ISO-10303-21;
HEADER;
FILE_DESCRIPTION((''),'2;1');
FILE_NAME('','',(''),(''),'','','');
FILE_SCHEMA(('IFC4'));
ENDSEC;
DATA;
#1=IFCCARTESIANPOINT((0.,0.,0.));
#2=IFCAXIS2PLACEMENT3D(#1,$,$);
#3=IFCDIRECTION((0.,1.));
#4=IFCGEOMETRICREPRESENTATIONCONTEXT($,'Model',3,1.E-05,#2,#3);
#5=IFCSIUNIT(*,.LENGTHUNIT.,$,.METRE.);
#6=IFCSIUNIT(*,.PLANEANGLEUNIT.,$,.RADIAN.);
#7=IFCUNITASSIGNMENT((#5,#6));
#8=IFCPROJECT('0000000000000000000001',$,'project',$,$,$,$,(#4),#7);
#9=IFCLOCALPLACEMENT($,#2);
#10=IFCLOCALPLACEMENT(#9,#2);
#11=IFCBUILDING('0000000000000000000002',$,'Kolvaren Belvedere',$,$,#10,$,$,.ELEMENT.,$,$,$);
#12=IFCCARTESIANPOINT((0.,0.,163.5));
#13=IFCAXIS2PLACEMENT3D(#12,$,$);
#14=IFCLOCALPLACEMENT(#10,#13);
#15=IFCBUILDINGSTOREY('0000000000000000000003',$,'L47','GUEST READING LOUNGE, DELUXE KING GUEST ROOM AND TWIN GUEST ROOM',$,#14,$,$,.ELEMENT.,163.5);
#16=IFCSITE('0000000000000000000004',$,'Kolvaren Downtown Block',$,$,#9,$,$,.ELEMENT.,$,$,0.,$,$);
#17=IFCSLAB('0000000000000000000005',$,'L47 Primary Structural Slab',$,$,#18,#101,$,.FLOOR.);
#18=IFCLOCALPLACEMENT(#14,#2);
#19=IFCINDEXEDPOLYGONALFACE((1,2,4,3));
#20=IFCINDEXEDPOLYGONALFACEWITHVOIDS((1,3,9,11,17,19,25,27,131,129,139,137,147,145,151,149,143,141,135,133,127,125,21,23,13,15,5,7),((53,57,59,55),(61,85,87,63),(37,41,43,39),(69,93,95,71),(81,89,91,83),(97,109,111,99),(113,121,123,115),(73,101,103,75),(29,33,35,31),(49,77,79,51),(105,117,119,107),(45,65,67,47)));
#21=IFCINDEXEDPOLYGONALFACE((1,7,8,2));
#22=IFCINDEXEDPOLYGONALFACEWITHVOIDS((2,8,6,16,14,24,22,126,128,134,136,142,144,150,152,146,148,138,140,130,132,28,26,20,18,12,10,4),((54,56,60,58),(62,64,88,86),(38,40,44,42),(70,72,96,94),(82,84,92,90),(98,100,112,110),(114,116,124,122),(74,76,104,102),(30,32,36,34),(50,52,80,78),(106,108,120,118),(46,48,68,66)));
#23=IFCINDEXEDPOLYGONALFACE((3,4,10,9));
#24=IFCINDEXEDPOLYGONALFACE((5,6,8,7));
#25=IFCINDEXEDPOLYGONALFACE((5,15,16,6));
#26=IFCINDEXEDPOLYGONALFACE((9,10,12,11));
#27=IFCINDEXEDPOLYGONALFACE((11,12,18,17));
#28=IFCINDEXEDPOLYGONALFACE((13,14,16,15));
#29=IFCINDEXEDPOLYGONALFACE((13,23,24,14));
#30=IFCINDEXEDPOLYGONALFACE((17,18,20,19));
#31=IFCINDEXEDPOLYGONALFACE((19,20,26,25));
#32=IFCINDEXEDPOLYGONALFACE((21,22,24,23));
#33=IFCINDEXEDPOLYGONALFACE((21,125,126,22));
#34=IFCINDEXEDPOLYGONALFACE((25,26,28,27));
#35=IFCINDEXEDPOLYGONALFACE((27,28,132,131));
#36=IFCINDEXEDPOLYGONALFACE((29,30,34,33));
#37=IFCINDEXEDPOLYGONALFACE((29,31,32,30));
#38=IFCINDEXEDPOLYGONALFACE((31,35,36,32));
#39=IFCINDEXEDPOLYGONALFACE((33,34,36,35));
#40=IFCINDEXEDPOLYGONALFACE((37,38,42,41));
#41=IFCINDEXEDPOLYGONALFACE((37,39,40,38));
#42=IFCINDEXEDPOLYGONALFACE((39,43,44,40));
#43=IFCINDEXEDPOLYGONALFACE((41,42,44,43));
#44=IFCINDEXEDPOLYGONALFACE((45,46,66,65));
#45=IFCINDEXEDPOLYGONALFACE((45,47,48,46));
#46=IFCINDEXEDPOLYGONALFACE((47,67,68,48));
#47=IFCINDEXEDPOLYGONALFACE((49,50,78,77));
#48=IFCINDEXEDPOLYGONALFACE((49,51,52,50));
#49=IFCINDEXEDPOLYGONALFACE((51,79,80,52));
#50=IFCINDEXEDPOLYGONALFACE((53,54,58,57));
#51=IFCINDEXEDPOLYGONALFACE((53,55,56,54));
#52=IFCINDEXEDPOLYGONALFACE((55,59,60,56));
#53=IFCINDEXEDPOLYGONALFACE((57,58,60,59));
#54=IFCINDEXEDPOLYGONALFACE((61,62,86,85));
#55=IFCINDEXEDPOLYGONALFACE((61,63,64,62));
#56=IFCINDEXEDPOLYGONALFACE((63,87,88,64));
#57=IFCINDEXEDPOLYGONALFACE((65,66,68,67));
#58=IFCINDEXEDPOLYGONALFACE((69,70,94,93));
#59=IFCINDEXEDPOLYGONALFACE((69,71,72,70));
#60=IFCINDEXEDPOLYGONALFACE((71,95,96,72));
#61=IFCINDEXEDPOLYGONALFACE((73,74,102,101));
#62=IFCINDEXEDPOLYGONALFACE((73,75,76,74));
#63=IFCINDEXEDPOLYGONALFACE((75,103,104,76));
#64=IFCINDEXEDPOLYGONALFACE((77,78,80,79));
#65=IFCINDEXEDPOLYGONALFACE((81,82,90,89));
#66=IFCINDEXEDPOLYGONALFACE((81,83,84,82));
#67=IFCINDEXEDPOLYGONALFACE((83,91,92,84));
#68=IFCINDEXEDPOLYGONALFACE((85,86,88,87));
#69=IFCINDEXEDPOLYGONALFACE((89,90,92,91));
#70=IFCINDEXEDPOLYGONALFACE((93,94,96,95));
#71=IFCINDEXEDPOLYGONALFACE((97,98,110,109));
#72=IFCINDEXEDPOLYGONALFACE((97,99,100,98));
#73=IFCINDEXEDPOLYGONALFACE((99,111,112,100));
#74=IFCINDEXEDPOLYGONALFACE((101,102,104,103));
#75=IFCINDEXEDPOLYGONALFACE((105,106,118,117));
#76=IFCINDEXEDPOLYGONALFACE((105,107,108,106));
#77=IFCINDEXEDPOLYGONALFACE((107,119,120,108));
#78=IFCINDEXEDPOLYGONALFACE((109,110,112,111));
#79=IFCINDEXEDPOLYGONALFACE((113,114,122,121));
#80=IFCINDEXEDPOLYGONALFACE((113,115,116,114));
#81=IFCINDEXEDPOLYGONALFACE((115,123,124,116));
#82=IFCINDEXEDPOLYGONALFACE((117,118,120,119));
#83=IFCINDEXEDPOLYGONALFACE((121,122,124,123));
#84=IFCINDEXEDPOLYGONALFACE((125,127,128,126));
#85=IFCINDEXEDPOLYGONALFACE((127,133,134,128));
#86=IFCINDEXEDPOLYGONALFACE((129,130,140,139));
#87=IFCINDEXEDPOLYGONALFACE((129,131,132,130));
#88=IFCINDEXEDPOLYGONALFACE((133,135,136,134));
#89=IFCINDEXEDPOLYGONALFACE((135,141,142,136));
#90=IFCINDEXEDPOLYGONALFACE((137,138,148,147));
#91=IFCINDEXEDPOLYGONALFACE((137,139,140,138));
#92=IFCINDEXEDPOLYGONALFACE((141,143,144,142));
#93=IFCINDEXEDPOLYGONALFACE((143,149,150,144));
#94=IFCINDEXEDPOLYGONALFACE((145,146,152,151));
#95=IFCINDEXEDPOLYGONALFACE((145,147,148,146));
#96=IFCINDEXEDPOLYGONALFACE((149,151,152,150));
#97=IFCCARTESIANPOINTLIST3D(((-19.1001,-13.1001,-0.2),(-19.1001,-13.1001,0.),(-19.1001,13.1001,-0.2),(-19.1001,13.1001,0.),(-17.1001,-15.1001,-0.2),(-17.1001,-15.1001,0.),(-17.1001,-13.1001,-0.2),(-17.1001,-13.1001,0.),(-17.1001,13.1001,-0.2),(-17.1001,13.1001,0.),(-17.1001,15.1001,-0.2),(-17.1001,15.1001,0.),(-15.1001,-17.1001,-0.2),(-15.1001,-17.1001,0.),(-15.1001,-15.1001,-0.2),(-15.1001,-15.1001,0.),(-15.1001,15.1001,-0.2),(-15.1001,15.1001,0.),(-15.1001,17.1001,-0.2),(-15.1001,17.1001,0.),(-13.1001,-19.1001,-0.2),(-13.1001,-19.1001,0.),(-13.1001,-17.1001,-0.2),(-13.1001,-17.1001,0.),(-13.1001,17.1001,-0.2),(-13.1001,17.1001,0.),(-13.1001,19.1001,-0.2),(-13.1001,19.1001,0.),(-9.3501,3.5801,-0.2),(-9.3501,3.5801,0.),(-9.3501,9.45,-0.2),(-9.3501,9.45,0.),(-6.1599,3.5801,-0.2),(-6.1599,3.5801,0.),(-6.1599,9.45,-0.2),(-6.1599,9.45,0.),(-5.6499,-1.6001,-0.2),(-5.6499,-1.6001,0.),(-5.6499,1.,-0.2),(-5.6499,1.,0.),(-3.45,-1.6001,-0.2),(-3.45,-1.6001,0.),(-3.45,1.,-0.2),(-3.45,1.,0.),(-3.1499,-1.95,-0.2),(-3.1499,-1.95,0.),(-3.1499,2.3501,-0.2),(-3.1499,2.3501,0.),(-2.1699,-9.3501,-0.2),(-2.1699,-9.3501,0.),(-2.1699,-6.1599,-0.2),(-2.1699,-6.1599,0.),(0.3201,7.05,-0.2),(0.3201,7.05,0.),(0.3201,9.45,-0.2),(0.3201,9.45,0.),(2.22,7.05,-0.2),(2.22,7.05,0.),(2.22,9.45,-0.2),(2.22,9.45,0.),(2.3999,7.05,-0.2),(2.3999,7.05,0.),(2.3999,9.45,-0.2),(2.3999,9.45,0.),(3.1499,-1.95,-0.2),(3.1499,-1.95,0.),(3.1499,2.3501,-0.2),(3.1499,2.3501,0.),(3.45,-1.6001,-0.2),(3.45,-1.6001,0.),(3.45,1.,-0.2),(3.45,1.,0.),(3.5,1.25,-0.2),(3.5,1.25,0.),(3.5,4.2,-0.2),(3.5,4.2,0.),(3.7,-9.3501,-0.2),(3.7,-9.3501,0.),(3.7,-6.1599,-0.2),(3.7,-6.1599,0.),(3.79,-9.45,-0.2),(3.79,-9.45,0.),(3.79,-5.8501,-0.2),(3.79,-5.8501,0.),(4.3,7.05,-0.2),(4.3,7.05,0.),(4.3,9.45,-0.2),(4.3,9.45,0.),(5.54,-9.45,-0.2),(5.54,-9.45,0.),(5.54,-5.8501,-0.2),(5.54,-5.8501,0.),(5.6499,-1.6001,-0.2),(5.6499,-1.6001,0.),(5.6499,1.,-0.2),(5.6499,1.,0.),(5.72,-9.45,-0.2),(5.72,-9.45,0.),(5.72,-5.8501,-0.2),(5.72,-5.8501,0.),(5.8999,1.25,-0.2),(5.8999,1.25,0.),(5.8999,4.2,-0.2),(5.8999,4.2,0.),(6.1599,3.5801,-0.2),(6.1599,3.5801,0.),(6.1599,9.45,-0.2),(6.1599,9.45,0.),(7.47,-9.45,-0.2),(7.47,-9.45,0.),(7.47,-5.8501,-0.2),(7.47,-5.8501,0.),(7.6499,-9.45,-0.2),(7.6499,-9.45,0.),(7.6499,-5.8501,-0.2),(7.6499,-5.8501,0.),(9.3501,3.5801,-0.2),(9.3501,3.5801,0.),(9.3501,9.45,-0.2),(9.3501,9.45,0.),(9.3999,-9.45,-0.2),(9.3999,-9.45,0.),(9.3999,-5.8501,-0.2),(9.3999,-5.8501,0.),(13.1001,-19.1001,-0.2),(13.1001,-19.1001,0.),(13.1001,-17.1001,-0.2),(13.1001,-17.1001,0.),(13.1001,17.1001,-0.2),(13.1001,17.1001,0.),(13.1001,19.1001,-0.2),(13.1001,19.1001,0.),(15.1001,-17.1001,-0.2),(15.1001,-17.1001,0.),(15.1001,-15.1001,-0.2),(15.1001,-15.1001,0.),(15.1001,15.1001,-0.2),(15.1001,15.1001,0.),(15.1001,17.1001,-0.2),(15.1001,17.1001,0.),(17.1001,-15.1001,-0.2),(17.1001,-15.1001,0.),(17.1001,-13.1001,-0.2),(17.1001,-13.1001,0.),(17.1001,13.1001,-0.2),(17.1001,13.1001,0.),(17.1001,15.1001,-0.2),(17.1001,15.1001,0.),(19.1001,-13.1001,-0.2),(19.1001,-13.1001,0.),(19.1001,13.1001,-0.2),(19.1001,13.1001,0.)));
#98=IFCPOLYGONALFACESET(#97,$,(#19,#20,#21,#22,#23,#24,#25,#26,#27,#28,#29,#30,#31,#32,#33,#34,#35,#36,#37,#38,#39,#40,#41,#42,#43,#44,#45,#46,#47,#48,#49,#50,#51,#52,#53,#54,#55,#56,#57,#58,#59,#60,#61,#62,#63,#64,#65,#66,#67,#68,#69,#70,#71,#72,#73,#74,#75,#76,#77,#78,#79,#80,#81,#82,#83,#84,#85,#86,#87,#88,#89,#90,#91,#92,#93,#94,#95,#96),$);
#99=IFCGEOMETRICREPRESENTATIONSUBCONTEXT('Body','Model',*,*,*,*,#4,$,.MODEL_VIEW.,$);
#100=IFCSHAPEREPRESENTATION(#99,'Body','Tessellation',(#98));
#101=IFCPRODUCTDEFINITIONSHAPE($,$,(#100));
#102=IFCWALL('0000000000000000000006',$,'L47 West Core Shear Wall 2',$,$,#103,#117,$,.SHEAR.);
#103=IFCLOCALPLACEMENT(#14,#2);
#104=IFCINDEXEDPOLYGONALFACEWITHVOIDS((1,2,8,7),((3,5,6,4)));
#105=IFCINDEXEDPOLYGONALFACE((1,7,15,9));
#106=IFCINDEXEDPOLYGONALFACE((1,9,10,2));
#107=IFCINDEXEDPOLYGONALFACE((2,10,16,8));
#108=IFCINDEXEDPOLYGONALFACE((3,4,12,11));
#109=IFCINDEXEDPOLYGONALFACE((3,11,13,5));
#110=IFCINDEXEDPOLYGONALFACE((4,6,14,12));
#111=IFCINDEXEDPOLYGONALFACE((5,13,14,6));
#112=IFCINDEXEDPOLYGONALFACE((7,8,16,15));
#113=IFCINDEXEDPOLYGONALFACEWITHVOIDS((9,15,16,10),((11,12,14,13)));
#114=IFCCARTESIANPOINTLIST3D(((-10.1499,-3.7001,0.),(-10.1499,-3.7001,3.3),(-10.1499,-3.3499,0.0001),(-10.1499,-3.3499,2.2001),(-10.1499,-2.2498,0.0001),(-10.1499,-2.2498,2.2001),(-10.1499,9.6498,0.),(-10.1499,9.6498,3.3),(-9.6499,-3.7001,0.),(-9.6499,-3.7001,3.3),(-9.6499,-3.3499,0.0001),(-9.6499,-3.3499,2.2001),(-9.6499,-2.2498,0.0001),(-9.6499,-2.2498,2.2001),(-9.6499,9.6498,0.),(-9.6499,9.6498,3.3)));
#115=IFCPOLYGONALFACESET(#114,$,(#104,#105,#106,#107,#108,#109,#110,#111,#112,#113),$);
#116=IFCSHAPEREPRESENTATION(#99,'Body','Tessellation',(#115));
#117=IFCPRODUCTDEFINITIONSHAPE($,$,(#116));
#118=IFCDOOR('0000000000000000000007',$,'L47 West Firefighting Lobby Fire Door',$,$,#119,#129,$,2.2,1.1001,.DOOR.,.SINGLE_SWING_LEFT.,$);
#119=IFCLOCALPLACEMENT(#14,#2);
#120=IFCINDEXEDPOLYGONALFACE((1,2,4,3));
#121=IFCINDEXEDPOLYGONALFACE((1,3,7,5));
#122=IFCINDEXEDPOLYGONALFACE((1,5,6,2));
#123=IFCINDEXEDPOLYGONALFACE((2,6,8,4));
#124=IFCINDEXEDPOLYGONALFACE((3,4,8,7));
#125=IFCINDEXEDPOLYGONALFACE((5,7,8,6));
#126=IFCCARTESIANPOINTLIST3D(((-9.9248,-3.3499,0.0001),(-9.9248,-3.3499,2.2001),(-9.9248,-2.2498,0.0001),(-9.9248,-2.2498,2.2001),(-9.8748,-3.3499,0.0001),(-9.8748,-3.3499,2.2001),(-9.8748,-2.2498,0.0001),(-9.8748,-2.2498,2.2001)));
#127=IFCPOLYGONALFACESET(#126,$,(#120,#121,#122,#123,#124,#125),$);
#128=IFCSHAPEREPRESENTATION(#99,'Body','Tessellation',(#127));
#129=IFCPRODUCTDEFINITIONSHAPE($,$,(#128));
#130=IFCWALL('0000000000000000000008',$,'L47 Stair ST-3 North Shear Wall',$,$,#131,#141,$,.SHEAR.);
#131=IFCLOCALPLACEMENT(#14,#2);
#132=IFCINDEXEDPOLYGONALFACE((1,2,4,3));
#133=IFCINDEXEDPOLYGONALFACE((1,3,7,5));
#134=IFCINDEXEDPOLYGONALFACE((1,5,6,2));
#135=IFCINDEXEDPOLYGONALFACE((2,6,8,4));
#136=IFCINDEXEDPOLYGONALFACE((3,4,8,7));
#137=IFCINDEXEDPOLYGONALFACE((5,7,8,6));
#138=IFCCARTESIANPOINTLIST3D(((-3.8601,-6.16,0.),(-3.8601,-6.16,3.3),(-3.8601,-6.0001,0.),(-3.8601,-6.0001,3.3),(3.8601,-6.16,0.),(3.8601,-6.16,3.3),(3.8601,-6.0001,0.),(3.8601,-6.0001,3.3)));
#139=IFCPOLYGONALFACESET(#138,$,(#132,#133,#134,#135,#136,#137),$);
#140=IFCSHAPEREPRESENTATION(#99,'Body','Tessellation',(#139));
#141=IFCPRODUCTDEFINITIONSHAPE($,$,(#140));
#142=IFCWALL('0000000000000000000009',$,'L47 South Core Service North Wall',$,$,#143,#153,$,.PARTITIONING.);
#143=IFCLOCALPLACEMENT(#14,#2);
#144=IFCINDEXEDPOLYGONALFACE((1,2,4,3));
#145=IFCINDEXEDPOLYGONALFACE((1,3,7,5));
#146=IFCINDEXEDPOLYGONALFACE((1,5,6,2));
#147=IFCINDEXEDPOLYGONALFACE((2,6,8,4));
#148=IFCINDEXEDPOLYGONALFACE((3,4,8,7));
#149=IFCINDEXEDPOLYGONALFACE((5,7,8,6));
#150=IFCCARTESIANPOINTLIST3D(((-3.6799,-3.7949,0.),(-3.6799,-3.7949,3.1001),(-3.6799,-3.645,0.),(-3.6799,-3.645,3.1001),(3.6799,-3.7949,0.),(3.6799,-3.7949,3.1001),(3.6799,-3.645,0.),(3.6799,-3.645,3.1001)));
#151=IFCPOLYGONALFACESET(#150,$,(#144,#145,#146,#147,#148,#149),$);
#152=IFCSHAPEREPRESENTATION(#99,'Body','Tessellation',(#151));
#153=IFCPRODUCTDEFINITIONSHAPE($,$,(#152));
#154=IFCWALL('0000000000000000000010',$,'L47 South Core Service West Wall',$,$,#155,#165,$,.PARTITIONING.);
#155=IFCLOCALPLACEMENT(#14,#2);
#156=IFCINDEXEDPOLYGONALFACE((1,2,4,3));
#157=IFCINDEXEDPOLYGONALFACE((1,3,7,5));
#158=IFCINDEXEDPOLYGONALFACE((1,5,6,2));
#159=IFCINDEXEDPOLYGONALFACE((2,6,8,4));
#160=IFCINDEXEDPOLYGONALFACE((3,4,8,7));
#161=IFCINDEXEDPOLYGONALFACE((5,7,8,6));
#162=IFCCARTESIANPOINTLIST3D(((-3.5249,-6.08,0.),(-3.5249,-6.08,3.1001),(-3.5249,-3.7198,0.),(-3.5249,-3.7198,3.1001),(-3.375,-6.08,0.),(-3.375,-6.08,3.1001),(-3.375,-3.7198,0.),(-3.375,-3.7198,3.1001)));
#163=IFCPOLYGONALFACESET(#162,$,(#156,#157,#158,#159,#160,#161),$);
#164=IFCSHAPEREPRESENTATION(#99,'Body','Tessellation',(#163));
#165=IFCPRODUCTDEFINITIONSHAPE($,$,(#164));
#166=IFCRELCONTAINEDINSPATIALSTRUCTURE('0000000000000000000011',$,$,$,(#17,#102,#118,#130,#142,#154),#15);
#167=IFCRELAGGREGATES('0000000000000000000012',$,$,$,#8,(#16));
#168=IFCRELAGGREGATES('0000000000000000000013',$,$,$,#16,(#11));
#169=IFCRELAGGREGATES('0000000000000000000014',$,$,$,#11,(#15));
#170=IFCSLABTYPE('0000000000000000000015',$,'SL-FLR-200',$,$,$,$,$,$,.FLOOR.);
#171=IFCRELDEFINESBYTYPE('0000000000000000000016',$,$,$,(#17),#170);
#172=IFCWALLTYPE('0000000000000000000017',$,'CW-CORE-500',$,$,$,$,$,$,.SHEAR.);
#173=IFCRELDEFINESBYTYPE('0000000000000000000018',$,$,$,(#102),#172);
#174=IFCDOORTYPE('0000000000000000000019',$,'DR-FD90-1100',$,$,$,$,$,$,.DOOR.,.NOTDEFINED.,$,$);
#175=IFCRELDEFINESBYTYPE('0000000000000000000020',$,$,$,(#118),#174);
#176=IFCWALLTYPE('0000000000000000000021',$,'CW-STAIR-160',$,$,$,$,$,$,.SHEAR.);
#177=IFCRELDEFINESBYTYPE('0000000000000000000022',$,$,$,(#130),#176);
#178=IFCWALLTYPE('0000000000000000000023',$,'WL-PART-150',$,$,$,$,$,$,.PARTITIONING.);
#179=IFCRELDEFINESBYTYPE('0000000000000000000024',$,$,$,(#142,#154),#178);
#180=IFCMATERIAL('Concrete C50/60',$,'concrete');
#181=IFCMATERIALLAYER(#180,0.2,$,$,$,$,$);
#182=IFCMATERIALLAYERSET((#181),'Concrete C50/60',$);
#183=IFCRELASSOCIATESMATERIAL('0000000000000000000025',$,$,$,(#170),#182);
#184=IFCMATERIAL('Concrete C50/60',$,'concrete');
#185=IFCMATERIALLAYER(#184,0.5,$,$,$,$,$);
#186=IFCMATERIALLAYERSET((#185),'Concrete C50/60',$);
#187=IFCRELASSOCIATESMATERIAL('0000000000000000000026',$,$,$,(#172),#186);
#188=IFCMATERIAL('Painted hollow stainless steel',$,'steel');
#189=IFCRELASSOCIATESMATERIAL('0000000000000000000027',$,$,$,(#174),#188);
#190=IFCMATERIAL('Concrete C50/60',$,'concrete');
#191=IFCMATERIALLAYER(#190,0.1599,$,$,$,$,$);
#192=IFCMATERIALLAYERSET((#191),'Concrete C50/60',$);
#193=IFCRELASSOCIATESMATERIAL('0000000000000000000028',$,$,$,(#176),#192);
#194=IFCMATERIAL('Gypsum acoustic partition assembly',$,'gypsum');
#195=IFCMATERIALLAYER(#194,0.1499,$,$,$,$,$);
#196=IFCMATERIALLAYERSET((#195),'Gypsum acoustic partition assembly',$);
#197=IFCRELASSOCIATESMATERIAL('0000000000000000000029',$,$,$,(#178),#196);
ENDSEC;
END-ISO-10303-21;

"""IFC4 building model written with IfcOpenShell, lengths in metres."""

from ifc_helpers import new_model, si_unit, direction, frame, frame_2d, origin, place, context, subcontext, project, spatial, polyline, rectangle, outline, extrude, material, layer, layer_set, type_object, element, fill, save


model = new_model("IFC4")

# Units and contexts
model_context = context("Model", 3, precision=1e-05, world=origin(), true_north=direction((0.0, 1.0)))
body_context = subcontext(model_context, "Body", "Model", "MODEL_VIEW")
ifc_project = project(units=[si_unit("LENGTHUNIT", "METRE"), si_unit("PLANEANGLEUNIT", "RADIAN")], contexts=[model_context])

# Site, building, storey
site_placement = place(None, origin())
site = spatial("IfcSite", under=ifc_project, at=site_placement, Name="Kolvaren Downtown Block", CompositionType="ELEMENT", RefElevation=0.0)
building_placement = place(site_placement, origin())
building = spatial("IfcBuilding", under=site, at=building_placement, Name="Kolvaren Belvedere", CompositionType="ELEMENT")
storey_placement = place(building_placement, frame((0.0, 0.0, 163.5)))
storey = spatial("IfcBuildingStorey", under=building, at=storey_placement, Name="L47", Description="GUEST READING LOUNGE, DELUXE KING GUEST ROOM AND TWIN GUEST ROOM", CompositionType="ELEMENT", Elevation=163.5)

# Slab
ifc_material_1 = material(Name="Concrete C50/60", Category="concrete")
ifc_layer_1 = layer(ifc_material_1, 0.2)
ifc_layer_set_1 = layer_set([ifc_layer_1], Name="Concrete C50/60")
slab_type_1 = type_object("IfcSlabType", Name="SL-FLR-200", PredefinedType="FLOOR", material=ifc_layer_set_1)
slab_1_placement = place(storey_placement, frame((0.0, 0.0, -0.2)))
element("IfcSlab", 1, at=slab_1_placement, inside=storey, type_object=slab_type_1, Name="L47 Primary Structural Slab", PredefinedType="FLOOR", context=body_context, shape_type="SweptSolid", body=[
    extrude(outline(polyline([(-13.1001, -19.1001), (13.1001, -19.1001), (13.1001, -17.1001), (15.1001, -17.1001), (15.1001, -15.1001), (17.1001, -15.1001), (17.1001, -13.1001), (19.1001, -13.1001), (19.1001, 13.1001), (17.1001, 13.1001), (17.1001, 15.1001), (15.1001, 15.1001), (15.1001, 17.1001), (13.1001, 17.1001), (13.1001, 19.1001), (-13.1001, 19.1001), (-13.1001, 17.1001), (-15.1001, 17.1001), (-15.1001, 15.1001), (-17.1001, 15.1001), (-17.1001, 13.1001), (-19.1001, 13.1001), (-19.1001, -13.1001), (-17.1001, -13.1001), (-17.1001, -15.1001), (-15.1001, -15.1001), (-15.1001, -17.1001), (-13.1001, -17.1001), (-13.1001, -19.1001)]), holes=[polyline([(-9.3501, 3.5801), (-6.1599, 3.5801), (-6.1599, 9.45), (-9.3501, 9.45), (-9.3501, 3.5801)]), polyline([(6.1599, 3.5801), (9.3501, 3.5801), (9.3501, 9.45), (6.1599, 9.45), (6.1599, 3.5801)]), polyline([(-2.1699, -9.3501), (3.7, -9.3501), (3.7, -6.1599), (-2.1699, -6.1599), (-2.1699, -9.3501)]), polyline([(-5.6499, -1.6001), (-3.45, -1.6001), (-3.45, 1.0), (-5.6499, 1.0), (-5.6499, -1.6001)]), polyline([(3.5, 1.25), (5.8999, 1.25), (5.8999, 4.2), (3.5, 4.2), (3.5, 1.25)]), polyline([(3.45, -1.6001), (5.6499, -1.6001), (5.6499, 1.0), (3.45, 1.0), (3.45, -1.6001)]), polyline([(3.79, -9.45), (5.54, -9.45), (5.54, -5.8501), (3.79, -5.8501), (3.79, -9.45)]), polyline([(5.72, -9.45), (7.47, -9.45), (7.47, -5.8501), (5.72, -5.8501), (5.72, -9.45)]), polyline([(7.6499, -9.45), (9.3999, -9.45), (9.3999, -5.8501), (7.6499, -5.8501), (7.6499, -9.45)]), polyline([(0.3201, 7.05), (2.22, 7.05), (2.22, 9.45), (0.3201, 9.45), (0.3201, 7.05)]), polyline([(2.3999, 7.05), (4.3, 7.05), (4.3, 9.45), (2.3999, 9.45), (2.3999, 7.05)]), polyline([(-3.1499, -1.95), (3.1499, -1.95), (3.1499, 2.3501), (-3.1499, 2.3501), (-3.1499, -1.95)])]), origin(), (0.0, 0.0, 1.0), 0.2),
])

# Wall, opening, door
ifc_material_2 = material(Name="Concrete C50/60", Category="concrete")
ifc_layer_2 = layer(ifc_material_2, 0.5)
ifc_layer_set_2 = layer_set([ifc_layer_2], Name="Concrete C50/60")
wall_type_1 = type_object("IfcWallType", Name="CW-CORE-500", PredefinedType="SHEAR", material=ifc_layer_set_2)
wall_1_placement = place(storey_placement, frame((-9.8999, -3.7, 0.0), z_axis=(0.0, 0.0, 1.0), x_axis=(0.0, 1.0, 0.0)))
wall_1 = element("IfcWall", 2, at=wall_1_placement, inside=storey, type_object=wall_type_1, Name="L47 West Core Shear Wall 2", PredefinedType="SHEAR", context=body_context, shape_type="SweptSolid", body=[
    extrude(rectangle(XDim=13.3499, YDim=0.5, at=frame_2d((6.6748, 0.0))), origin(), (0.0, 0.0, 1.0), 3.3),
])
opening_1_placement = place(wall_1_placement, frame((0.3501, 0.0, 0.0)))
opening_1 = element("IfcOpeningElement", 3, at=opening_1_placement, cuts=wall_1, PredefinedType="OPENING", context=body_context, shape_type="SweptSolid", body=[
    extrude(rectangle(XDim=1.1001, YDim=2.2, at=frame_2d((0.55, 1.1001))), frame((0.0, 0.26, 0.0), z_axis=(0.0, -1.0, 0.0), x_axis=(1.0, 0.0, 0.0)), (0.0, 0.0, 1.0), 0.52),
])
ifc_material_3 = material(Name="Painted hollow stainless steel", Category="steel")
door_type_1 = type_object("IfcDoorType", Name="DR-FD90-1100", OperationType="NOTDEFINED", PredefinedType="DOOR", material=ifc_material_3)
door_1_placement = place(opening_1_placement, origin())
door_1 = element("IfcDoor", 4, at=door_1_placement, inside=storey, type_object=door_type_1, Name="L47 West Firefighting Lobby Fire Door", OperationType="SINGLE_SWING_LEFT", OverallHeight=2.2, OverallWidth=1.1001, PredefinedType="DOOR", context=body_context, shape_type="SweptSolid", body=[
    extrude(rectangle(XDim=1.1001, YDim=2.2, at=frame_2d((0.55, 1.1001))), frame((0.0, 0.0249, 0.0), z_axis=(0.0, -1.0, 0.0), x_axis=(1.0, 0.0, 0.0)), (0.0, 0.0, 1.0), 0.05),
])
fill(opening_1, door_1)

# Walls
ifc_material_4 = material(Name="Concrete C50/60", Category="concrete")
ifc_layer_3 = layer(ifc_material_4, 0.1599)
ifc_layer_set_3 = layer_set([ifc_layer_3], Name="Concrete C50/60")
wall_type_2 = type_object("IfcWallType", Name="CW-STAIR-160", PredefinedType="SHEAR", material=ifc_layer_set_3)
wall_2_placement = place(storey_placement, frame((-3.8601, -6.0801, 0.0), z_axis=(0.0, 0.0, 1.0), x_axis=(1.0, 0.0, 0.0)))
element("IfcWall", 5, at=wall_2_placement, inside=storey, type_object=wall_type_2, Name="L47 Stair ST-3 North Shear Wall", PredefinedType="SHEAR", context=body_context, shape_type="SweptSolid", body=[
    extrude(rectangle(XDim=7.7202, YDim=0.1599, at=frame_2d((3.8601, 0.0))), origin(), (0.0, 0.0, 1.0), 3.3),
])
ifc_material_5 = material(Name="Gypsum acoustic partition assembly", Category="gypsum")
ifc_layer_4 = layer(ifc_material_5, 0.1499)
ifc_layer_set_4 = layer_set([ifc_layer_4], Name="Gypsum acoustic partition assembly")
wall_type_3 = type_object("IfcWallType", Name="WL-PART-150", PredefinedType="PARTITIONING", material=ifc_layer_set_4)
wall_3_placement = place(storey_placement, frame((-3.6799, -3.72, 0.0), z_axis=(0.0, 0.0, 1.0), x_axis=(1.0, 0.0, 0.0)))
element("IfcWall", 6, at=wall_3_placement, inside=storey, type_object=wall_type_3, Name="L47 South Core Service North Wall", PredefinedType="PARTITIONING", context=body_context, shape_type="SweptSolid", body=[
    extrude(rectangle(XDim=7.3599, YDim=0.1499, at=frame_2d((3.6799, 0.0))), origin(), (0.0, 0.0, 1.0), 3.1001),
])
wall_4_placement = place(storey_placement, frame((-3.45, -6.0801, 0.0), z_axis=(0.0, 0.0, 1.0), x_axis=(0.0, 1.0, 0.0)))
element("IfcWall", 7, at=wall_4_placement, inside=storey, type_object=wall_type_3, Name="L47 South Core Service West Wall", PredefinedType="PARTITIONING", context=body_context, shape_type="SweptSolid", body=[
    extrude(rectangle(XDim=2.3601, YDim=0.1499, at=frame_2d((1.1802, 0.0))), origin(), (0.0, 0.0, 1.0), 3.1001),
])

save(model, "model.ifc")
